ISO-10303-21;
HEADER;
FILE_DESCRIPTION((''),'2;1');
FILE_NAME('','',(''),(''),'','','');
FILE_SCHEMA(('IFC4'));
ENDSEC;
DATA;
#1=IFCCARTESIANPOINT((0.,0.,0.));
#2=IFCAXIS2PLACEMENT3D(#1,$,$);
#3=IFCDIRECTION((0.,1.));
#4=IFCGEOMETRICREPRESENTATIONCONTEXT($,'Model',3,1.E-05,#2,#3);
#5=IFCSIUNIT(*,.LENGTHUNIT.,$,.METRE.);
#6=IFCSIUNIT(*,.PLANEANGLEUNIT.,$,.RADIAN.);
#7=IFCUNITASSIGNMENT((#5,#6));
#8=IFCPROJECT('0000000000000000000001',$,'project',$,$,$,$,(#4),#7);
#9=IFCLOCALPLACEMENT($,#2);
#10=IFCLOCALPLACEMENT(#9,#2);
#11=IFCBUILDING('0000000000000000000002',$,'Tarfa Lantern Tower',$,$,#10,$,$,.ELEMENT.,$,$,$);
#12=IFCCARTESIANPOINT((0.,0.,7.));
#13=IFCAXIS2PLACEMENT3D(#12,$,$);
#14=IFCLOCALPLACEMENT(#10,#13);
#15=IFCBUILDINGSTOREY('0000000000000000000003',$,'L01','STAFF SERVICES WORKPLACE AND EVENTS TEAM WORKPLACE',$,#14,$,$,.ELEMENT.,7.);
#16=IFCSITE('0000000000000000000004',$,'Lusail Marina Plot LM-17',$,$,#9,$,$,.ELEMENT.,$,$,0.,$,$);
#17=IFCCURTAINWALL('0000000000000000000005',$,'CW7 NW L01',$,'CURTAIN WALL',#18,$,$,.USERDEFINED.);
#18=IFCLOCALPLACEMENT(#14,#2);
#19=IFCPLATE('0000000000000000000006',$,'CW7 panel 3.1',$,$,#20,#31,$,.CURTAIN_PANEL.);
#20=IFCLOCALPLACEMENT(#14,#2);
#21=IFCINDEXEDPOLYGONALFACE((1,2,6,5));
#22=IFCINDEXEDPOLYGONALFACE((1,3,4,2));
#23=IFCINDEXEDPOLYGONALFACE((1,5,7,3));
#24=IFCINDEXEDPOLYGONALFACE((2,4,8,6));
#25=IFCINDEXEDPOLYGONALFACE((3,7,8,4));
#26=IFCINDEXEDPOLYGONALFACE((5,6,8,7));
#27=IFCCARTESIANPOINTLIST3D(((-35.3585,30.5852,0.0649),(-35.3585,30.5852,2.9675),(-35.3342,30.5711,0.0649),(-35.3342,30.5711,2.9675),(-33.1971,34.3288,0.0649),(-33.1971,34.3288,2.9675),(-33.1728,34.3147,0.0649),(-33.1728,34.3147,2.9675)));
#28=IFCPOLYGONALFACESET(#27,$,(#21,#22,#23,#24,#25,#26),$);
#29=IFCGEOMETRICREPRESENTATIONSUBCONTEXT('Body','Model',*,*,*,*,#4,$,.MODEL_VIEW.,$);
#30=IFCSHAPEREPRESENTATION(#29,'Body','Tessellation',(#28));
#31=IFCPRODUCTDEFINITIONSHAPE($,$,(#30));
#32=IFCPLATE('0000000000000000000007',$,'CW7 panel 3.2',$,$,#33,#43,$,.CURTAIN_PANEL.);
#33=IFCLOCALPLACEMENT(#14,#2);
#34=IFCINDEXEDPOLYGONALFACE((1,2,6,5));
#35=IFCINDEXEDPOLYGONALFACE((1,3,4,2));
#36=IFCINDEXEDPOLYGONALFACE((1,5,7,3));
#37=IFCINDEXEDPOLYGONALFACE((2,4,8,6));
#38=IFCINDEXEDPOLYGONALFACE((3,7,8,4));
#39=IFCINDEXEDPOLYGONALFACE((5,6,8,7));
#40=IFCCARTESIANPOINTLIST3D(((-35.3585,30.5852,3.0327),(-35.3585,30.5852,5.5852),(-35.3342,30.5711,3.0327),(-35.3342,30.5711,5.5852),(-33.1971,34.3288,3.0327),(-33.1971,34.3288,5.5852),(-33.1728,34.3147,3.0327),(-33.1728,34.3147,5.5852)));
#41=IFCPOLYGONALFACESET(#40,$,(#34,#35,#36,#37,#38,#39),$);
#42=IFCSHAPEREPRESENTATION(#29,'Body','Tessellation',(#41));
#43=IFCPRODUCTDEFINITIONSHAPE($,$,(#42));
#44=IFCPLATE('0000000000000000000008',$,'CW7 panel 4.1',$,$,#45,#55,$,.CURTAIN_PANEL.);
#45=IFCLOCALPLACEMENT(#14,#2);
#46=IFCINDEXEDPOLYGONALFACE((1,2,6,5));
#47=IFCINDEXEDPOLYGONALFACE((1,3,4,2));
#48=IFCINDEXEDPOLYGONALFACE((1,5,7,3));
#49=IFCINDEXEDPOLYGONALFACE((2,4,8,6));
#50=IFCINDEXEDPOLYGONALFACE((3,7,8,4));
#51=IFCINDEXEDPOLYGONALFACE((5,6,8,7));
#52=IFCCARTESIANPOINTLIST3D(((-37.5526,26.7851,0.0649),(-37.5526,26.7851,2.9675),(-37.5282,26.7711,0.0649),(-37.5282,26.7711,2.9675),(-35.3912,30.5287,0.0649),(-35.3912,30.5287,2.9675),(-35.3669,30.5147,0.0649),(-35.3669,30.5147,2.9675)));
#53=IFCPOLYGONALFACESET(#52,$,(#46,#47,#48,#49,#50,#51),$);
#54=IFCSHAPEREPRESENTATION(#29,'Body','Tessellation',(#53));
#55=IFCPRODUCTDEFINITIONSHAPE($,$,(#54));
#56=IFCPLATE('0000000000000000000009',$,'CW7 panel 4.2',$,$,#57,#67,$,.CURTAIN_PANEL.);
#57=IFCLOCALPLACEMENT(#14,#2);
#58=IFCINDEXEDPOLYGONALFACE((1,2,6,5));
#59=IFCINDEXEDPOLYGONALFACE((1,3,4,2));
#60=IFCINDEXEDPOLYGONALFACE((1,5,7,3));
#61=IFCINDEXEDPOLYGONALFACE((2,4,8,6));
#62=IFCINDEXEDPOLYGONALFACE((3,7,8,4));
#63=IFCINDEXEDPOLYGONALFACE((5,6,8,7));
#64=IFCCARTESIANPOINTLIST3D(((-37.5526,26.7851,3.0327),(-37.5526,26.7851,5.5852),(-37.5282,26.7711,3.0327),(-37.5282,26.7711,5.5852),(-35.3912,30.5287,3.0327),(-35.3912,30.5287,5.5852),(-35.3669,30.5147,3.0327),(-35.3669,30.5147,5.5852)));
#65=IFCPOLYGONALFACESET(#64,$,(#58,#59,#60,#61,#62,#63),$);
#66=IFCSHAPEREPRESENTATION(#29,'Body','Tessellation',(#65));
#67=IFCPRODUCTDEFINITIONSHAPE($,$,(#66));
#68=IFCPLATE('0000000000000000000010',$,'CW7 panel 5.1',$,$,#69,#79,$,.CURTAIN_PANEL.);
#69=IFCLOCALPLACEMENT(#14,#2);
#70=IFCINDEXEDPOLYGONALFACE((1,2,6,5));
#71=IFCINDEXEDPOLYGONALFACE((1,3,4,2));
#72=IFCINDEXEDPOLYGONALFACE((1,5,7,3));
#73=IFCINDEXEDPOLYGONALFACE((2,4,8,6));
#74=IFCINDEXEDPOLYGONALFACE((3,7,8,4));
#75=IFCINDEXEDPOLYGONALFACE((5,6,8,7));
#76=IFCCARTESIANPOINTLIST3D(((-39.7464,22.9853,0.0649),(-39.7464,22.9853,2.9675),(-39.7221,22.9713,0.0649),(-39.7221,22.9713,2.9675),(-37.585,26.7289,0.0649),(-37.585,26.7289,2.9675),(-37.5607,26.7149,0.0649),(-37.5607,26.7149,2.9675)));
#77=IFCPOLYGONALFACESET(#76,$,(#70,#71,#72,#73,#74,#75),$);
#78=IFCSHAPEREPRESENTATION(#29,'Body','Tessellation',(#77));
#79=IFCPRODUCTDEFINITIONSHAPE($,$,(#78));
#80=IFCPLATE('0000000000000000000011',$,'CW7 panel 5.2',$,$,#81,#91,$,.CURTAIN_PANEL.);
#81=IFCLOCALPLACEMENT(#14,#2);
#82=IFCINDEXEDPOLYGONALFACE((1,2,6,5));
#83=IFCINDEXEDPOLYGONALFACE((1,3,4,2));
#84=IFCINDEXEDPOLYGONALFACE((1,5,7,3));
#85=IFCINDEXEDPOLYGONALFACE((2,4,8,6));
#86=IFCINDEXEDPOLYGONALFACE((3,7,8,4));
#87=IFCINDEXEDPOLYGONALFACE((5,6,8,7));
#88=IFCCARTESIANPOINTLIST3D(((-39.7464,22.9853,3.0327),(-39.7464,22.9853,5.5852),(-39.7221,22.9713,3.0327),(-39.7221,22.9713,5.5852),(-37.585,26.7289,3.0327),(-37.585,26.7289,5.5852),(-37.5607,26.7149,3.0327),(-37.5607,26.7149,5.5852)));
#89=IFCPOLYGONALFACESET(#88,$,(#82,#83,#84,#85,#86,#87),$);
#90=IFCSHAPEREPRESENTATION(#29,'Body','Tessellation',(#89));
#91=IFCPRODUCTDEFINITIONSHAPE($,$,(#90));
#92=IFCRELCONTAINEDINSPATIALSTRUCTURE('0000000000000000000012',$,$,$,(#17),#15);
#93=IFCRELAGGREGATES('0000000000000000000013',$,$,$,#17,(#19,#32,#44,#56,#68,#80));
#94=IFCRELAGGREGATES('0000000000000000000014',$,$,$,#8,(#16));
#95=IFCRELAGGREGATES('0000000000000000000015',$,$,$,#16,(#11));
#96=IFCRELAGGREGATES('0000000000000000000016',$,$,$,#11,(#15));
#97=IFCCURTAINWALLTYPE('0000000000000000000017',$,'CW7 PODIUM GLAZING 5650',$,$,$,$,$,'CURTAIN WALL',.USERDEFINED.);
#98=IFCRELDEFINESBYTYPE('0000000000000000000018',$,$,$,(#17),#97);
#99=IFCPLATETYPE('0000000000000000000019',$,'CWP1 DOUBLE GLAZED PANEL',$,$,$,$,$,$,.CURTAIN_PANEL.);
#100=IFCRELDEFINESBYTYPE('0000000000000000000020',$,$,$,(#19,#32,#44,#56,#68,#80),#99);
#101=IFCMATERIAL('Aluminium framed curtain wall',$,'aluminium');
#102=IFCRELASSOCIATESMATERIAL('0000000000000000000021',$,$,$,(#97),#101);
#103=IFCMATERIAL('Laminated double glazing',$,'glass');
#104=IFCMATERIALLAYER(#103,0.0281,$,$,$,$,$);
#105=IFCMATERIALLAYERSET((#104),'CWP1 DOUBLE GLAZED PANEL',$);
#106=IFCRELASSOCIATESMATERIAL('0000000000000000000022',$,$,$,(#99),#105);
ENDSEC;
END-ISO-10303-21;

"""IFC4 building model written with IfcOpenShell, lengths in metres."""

from ifc_helpers import new_model, si_unit, direction, frame, origin, origin_2d, place, context, subcontext, project, spatial, rectangle, extrude, material, layer, layer_set, type_object, element, aggregate, save


model = new_model("IFC4")

# Units and contexts
model_context = context("Model", 3, precision=1e-05, world=origin(), true_north=direction((0.0, 1.0)))
body_context = subcontext(model_context, "Body", "Model", "MODEL_VIEW")
ifc_project = project(units=[si_unit("LENGTHUNIT", "METRE"), si_unit("PLANEANGLEUNIT", "RADIAN")], contexts=[model_context])

# Site, building, storey
site_placement = place(None, origin())
site = spatial("IfcSite", under=ifc_project, at=site_placement, Name="Lusail Marina Plot LM-17", CompositionType="ELEMENT", RefElevation=0.0)
building_placement = place(site_placement, origin())
building = spatial("IfcBuilding", under=site, at=building_placement, Name="Tarfa Lantern Tower", CompositionType="ELEMENT")
storey_placement = place(building_placement, frame((0.0, 0.0, 7.0)))
storey = spatial("IfcBuildingStorey", under=building, at=storey_placement, Name="L01", Description="STAFF SERVICES WORKPLACE AND EVENTS TEAM WORKPLACE", CompositionType="ELEMENT", Elevation=7.0)

# Shared definitions
ifc_material_1 = material(Name="Aluminium framed curtain wall", Category="aluminium")
curtain_wall_type = type_object("IfcCurtainWallType", Name="CW7 PODIUM GLAZING 5650", ElementType="CURTAIN WALL", PredefinedType="USERDEFINED", material=ifc_material_1)

# Curtain wall
curtain_wall_1_placement = place(storey_placement, origin())
curtain_wall_1 = element("IfcCurtainWall", 1, at=curtain_wall_1_placement, inside=storey, type_object=curtain_wall_type, Name="CW7 NW L01", ObjectType="CURTAIN WALL", PredefinedType="USERDEFINED")

# Plates
ifc_material_2 = material(Name="Laminated double glazing", Category="glass")
ifc_layer = layer(ifc_material_2, 0.0281)
ifc_layer_set = layer_set([ifc_layer], Name="CWP1 DOUBLE GLAZED PANEL")
plate_type = type_object("IfcPlateType", Name="CWP1 DOUBLE GLAZED PANEL", PredefinedType="CURTAIN_PANEL", material=ifc_layer_set)
plate_1_placement = place(storey_placement, frame((-34.2656, 32.45, 0.0649), z_axis=(0.0, 0.0, 1.0), x_axis=(-0.5, -0.866025, 0.0)))
plate_1 = element("IfcPlate", 2, at=plate_1_placement, type_object=plate_type, Name="CW7 panel 3.1", PredefinedType="CURTAIN_PANEL", context=body_context, shape_type="SweptSolid", body=[
    extrude(rectangle(XDim=4.3228, YDim=0.0281, at=origin_2d()), origin(), (0.0, 0.0, 1.0), 2.9026),
])
plate_2_placement = place(storey_placement, frame((-34.2656, 32.45, 3.0327), z_axis=(0.0, 0.0, 1.0), x_axis=(-0.5, -0.866025, 0.0)))
plate_2 = element("IfcPlate", 3, at=plate_2_placement, type_object=plate_type, Name="CW7 panel 3.2", PredefinedType="CURTAIN_PANEL", context=body_context, shape_type="SweptSolid", body=[
    extrude(rectangle(XDim=4.3228, YDim=0.0281, at=origin_2d()), origin(), (0.0, 0.0, 1.0), 2.5525),
])
plate_3_placement = place(storey_placement, frame((-36.4597, 28.6499, 0.0649), z_axis=(0.0, 0.0, 1.0), x_axis=(-0.5, -0.866025, 0.0)))
plate_3 = element("IfcPlate", 4, at=plate_3_placement, type_object=plate_type, Name="CW7 panel 4.1", PredefinedType="CURTAIN_PANEL", context=body_context, shape_type="SweptSolid", body=[
    extrude(rectangle(XDim=4.3228, YDim=0.0281, at=origin_2d()), origin(), (0.0, 0.0, 1.0), 2.9026),
])
plate_4_placement = place(storey_placement, frame((-36.4597, 28.6499, 3.0327), z_axis=(0.0, 0.0, 1.0), x_axis=(-0.5, -0.866025, 0.0)))
plate_4 = element("IfcPlate", 5, at=plate_4_placement, type_object=plate_type, Name="CW7 panel 4.2", PredefinedType="CURTAIN_PANEL", context=body_context, shape_type="SweptSolid", body=[
    extrude(rectangle(XDim=4.3228, YDim=0.0281, at=origin_2d()), origin(), (0.0, 0.0, 1.0), 2.5525),
])
plate_5_placement = place(storey_placement, frame((-38.6536, 24.8501, 0.0649), z_axis=(0.0, 0.0, 1.0), x_axis=(-0.5, -0.866025, 0.0)))
plate_5 = element("IfcPlate", 6, at=plate_5_placement, type_object=plate_type, Name="CW7 panel 5.1", PredefinedType="CURTAIN_PANEL", context=body_context, shape_type="SweptSolid", body=[
    extrude(rectangle(XDim=4.3228, YDim=0.0281, at=origin_2d()), origin(), (0.0, 0.0, 1.0), 2.9026),
])
plate_6_placement = place(storey_placement, frame((-38.6536, 24.8501, 3.0327), z_axis=(0.0, 0.0, 1.0), x_axis=(-0.5, -0.866025, 0.0)))
plate_6 = element("IfcPlate", 7, at=plate_6_placement, type_object=plate_type, Name="CW7 panel 5.2", PredefinedType="CURTAIN_PANEL", context=body_context, shape_type="SweptSolid", body=[
    extrude(rectangle(XDim=4.3228, YDim=0.0281, at=origin_2d()), origin(), (0.0, 0.0, 1.0), 2.5525),
])
aggregate(curtain_wall_1, [plate_1, plate_2, plate_3, plate_4, plate_5, plate_6])

save(model, "model.ifc")
